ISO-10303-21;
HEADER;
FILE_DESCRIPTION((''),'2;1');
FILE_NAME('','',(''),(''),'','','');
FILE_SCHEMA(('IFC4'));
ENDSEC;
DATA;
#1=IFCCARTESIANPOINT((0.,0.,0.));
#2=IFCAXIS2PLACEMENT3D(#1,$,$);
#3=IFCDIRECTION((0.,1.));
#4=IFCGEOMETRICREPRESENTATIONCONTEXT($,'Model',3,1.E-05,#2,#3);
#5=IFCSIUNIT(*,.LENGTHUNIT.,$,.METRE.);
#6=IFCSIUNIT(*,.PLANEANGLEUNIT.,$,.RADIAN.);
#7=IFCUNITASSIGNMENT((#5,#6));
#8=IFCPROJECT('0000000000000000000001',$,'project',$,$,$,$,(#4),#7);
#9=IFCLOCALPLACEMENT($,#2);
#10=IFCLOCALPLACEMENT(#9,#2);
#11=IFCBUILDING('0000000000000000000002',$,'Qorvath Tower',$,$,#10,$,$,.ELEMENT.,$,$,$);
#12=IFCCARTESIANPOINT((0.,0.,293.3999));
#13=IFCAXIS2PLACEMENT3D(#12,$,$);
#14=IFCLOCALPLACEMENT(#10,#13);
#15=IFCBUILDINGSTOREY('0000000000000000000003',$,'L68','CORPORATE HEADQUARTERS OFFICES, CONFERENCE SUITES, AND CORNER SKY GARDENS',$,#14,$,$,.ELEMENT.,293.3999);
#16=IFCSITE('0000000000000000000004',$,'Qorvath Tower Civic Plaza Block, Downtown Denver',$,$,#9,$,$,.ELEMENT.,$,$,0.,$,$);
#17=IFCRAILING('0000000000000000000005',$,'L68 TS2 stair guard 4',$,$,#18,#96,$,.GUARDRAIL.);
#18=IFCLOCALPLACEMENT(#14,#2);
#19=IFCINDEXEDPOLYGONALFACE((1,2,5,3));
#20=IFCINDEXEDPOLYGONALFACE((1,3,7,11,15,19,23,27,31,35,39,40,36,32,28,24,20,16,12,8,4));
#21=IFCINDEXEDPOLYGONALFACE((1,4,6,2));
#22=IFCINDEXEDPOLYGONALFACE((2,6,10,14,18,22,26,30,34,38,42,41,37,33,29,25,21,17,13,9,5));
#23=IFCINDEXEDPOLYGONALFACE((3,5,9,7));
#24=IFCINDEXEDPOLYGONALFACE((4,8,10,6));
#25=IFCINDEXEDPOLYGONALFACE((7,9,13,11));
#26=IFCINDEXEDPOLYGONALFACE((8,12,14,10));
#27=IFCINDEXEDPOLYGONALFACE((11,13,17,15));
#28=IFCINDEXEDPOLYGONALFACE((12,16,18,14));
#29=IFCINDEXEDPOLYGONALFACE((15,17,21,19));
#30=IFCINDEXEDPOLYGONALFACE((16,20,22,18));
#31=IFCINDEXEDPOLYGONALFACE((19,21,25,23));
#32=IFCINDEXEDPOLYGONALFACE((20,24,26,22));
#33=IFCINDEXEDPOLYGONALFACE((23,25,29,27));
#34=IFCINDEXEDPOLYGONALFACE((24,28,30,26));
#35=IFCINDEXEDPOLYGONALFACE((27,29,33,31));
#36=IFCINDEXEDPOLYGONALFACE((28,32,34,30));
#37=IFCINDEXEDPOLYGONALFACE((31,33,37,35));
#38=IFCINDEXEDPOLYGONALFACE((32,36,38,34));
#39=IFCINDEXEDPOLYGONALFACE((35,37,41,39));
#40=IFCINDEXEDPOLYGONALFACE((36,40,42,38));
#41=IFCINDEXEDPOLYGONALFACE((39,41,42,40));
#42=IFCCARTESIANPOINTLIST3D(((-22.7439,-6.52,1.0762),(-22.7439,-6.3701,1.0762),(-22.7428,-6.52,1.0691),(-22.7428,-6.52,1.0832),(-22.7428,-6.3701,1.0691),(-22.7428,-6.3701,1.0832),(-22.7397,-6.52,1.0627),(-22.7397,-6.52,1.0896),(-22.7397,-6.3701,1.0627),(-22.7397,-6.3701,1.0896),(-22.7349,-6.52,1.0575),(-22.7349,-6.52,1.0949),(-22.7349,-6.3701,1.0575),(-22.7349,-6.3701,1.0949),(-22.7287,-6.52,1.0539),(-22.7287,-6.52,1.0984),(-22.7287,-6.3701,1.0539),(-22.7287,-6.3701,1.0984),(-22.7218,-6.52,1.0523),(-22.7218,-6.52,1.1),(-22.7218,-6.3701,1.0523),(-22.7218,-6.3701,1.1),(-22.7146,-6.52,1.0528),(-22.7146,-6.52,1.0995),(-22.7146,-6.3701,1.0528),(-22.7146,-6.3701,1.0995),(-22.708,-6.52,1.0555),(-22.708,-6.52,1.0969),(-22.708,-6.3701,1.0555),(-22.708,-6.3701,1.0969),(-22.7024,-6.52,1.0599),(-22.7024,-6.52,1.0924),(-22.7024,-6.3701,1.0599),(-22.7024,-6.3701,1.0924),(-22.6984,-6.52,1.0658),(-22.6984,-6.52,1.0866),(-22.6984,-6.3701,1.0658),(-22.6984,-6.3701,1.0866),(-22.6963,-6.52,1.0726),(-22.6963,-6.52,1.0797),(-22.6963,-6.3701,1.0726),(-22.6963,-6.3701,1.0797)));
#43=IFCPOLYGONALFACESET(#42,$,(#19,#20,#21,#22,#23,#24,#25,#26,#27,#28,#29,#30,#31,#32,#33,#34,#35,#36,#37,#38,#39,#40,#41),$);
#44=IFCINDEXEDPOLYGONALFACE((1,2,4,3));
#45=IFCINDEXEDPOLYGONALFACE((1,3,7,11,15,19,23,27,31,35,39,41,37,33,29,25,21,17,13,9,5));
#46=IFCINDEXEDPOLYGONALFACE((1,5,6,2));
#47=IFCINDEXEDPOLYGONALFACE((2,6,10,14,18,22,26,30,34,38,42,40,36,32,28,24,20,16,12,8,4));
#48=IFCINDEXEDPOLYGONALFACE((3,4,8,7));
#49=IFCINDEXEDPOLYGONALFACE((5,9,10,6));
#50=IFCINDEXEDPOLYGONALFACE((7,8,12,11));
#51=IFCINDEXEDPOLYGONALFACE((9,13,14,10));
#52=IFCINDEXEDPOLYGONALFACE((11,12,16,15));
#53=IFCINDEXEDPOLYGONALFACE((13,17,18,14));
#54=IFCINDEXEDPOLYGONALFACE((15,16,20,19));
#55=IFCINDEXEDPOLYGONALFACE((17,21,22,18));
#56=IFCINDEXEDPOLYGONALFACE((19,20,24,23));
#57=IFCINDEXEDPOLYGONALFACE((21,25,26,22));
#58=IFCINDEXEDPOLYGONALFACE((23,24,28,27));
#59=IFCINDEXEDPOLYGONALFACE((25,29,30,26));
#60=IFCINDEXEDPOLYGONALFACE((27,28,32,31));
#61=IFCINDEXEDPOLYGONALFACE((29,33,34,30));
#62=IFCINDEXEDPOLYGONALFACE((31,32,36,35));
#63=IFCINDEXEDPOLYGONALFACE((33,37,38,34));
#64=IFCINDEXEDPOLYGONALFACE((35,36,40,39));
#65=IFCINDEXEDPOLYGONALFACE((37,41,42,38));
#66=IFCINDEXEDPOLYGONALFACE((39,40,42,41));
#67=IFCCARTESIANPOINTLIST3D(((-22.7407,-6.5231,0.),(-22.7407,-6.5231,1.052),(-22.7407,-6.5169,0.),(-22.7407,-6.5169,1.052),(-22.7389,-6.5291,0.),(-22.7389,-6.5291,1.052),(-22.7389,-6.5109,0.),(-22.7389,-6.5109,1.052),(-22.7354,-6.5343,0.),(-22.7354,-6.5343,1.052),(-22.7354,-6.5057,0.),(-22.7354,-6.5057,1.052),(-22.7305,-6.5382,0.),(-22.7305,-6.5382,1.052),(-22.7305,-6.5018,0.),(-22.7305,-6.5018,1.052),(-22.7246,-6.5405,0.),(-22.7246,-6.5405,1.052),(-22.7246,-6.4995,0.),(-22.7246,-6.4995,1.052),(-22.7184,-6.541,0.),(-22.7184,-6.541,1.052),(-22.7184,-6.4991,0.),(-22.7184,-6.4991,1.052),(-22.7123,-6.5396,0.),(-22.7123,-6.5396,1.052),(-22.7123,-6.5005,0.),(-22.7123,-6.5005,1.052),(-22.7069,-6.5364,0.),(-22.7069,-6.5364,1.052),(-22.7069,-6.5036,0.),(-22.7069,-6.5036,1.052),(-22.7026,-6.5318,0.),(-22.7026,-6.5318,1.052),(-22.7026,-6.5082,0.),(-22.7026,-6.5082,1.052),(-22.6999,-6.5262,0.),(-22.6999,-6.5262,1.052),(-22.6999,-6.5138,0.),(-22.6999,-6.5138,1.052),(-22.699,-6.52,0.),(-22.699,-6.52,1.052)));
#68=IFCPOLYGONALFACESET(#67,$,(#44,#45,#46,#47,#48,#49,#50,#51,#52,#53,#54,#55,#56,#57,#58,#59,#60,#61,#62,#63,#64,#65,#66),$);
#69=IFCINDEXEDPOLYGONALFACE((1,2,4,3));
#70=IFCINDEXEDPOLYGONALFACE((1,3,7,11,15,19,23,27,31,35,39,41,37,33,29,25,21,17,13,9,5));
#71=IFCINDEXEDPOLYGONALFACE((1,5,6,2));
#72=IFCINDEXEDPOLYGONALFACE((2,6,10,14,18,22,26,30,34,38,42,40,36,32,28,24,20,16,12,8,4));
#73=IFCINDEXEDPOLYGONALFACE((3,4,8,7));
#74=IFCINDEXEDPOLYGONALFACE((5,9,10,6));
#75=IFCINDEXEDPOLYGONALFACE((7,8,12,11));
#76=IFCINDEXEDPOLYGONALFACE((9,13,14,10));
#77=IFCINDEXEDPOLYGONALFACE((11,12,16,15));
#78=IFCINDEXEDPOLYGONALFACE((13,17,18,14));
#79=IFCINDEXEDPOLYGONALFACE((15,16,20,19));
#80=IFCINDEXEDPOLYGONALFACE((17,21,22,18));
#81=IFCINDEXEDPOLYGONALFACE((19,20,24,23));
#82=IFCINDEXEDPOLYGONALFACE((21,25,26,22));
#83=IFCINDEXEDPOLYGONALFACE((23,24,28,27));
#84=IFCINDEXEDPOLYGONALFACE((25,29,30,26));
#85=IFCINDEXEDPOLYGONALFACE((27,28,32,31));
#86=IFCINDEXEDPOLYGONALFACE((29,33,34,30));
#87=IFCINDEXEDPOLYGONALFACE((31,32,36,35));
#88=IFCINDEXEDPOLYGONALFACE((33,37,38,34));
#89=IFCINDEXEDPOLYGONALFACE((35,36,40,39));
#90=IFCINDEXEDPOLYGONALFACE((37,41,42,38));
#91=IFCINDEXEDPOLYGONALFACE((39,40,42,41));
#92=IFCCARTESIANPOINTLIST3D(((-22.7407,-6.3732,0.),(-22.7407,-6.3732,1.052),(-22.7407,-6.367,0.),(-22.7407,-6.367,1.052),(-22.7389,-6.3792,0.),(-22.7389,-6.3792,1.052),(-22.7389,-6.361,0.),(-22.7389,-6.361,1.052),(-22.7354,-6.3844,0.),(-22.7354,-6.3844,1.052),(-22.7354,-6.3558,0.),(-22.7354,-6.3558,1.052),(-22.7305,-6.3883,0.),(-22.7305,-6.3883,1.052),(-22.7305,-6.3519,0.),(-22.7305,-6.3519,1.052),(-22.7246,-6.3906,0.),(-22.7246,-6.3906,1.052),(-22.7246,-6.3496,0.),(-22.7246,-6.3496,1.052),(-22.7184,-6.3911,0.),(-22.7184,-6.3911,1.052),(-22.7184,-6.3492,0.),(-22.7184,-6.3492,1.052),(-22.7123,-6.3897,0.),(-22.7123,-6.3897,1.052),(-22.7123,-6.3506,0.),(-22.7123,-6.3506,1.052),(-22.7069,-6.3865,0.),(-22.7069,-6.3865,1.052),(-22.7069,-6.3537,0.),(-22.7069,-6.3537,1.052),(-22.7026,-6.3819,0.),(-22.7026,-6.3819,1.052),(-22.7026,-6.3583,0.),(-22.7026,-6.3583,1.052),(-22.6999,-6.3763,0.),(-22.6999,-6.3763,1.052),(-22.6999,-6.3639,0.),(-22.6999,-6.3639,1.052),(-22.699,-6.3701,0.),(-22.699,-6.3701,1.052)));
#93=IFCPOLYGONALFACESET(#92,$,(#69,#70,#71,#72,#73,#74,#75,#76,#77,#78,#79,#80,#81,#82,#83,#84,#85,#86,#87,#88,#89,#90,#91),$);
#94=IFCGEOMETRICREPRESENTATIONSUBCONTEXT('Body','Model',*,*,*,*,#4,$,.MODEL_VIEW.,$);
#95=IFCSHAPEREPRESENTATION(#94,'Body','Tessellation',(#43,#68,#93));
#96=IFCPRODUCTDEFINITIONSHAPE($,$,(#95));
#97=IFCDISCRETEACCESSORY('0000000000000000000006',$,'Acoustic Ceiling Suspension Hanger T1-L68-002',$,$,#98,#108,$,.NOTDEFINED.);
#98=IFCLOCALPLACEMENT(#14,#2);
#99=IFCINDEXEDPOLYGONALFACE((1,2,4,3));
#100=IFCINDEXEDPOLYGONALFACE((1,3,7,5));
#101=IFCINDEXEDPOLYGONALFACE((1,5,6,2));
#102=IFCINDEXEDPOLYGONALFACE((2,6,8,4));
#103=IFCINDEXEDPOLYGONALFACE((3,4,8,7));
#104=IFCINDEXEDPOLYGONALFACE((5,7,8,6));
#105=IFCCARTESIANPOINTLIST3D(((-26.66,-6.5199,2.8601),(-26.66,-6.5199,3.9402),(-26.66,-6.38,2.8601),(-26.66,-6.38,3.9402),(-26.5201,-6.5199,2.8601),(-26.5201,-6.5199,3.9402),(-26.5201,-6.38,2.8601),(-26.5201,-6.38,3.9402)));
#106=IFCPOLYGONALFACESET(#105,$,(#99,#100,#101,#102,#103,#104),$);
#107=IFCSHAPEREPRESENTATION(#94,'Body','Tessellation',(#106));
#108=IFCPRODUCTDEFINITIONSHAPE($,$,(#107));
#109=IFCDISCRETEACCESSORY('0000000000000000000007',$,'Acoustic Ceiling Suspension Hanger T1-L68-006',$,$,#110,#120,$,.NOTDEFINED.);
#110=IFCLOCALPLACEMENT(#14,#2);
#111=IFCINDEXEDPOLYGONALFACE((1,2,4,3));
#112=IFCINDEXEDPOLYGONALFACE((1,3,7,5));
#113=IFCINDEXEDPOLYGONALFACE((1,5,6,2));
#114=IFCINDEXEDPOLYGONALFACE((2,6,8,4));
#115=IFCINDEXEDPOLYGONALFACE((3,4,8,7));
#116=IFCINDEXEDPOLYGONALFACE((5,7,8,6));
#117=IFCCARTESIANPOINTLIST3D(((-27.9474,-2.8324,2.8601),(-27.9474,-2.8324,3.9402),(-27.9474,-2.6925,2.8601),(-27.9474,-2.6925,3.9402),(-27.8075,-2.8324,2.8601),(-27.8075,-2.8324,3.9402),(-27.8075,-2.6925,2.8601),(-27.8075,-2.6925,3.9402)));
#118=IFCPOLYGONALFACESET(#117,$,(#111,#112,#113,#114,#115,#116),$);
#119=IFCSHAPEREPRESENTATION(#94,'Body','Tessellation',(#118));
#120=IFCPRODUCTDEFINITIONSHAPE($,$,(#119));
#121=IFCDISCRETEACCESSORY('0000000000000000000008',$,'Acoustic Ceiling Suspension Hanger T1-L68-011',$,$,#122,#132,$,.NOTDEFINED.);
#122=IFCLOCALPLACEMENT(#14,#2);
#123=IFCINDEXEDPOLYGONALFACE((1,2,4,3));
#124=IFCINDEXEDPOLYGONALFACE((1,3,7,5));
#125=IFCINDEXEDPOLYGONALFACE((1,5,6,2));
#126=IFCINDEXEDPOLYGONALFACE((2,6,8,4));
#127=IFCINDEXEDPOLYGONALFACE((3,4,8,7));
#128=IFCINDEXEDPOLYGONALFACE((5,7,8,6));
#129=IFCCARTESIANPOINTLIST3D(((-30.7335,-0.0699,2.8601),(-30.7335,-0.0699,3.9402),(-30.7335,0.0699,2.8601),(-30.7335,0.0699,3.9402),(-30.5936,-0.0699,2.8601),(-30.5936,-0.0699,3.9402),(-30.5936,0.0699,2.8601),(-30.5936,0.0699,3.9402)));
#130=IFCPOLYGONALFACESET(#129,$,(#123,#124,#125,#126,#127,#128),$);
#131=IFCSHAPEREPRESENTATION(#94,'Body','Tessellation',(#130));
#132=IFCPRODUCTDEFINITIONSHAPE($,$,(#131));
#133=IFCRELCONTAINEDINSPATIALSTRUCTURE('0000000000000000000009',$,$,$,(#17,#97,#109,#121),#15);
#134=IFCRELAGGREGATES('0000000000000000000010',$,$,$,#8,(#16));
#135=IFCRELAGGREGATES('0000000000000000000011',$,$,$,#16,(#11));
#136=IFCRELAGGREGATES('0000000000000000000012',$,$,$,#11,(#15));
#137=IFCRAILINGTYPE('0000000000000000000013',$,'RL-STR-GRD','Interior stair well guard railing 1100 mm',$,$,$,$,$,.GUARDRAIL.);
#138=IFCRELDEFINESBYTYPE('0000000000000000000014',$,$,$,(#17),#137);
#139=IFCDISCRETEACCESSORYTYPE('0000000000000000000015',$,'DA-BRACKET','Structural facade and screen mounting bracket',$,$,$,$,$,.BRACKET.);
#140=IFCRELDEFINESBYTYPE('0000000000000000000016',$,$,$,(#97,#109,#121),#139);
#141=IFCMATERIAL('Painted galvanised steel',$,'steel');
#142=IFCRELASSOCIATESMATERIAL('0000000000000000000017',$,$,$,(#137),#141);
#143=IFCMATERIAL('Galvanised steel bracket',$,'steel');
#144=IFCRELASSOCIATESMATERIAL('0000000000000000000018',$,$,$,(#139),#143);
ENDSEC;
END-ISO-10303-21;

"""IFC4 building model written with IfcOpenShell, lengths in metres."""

from ifc_helpers import new_model, si_unit, direction, frame, origin, origin_2d, place, context, subcontext, project, spatial, rectangle, circle, extrude, material, type_object, element, save


model = new_model("IFC4")

# Units and contexts
model_context = context("Model", 3, precision=1e-05, world=origin(), true_north=direction((0.0, 1.0)))
body_context = subcontext(model_context, "Body", "Model", "MODEL_VIEW")
ifc_project = project(units=[si_unit("LENGTHUNIT", "METRE"), si_unit("PLANEANGLEUNIT", "RADIAN")], contexts=[model_context])

# Site, building, storey
site_placement = place(None, origin())
site = spatial("IfcSite", under=ifc_project, at=site_placement, Name="Qorvath Tower Civic Plaza Block, Downtown Denver", CompositionType="ELEMENT", RefElevation=0.0)
building_placement = place(site_placement, origin())
building = spatial("IfcBuilding", under=site, at=building_placement, Name="Qorvath Tower", CompositionType="ELEMENT")
storey_placement = place(building_placement, frame((0.0, 0.0, 293.3999)))
storey = spatial("IfcBuildingStorey", under=building, at=storey_placement, Name="L68", Description="CORPORATE HEADQUARTERS OFFICES, CONFERENCE SUITES, AND CORNER SKY GARDENS", CompositionType="ELEMENT", Elevation=293.3999)

# Railing
ifc_material_1 = material(Name="Painted galvanised steel", Category="steel")
railing_type = type_object("IfcRailingType", Name="RL-STR-GRD", Description="Interior stair well guard railing 1100 mm", PredefinedType="GUARDRAIL", material=ifc_material_1)
railing_1_placement = place(storey_placement, frame((-22.72, -6.52, 0.0)))
element("IfcRailing", 1, at=railing_1_placement, inside=storey, type_object=railing_type, Name="L68 TS2 stair guard 4", PredefinedType="GUARDRAIL", context=body_context, shape_type="SweptSolid", body=[
    extrude(circle(Radius=0.0239, at=origin_2d()), frame((0.0, 0.0, 1.0762), z_axis=(0.0, 1.0, 0.0), x_axis=(-1.0, 0.0, 0.0)), (0.0, 0.0, 1.0), 0.1499),
    extrude(circle(Radius=0.021, at=origin_2d()), origin(), (0.0, 0.0, 1.0), 1.052),
    extrude(circle(Radius=0.021, at=origin_2d()), frame((0.0, 0.1499, 0.0)), (0.0, 0.0, 1.0), 1.052),
])

# Discrete accessories
ifc_material_2 = material(Name="Galvanised steel bracket", Category="steel")
discrete_accessory_type = type_object("IfcDiscreteAccessoryType", Name="DA-BRACKET", Description="Structural facade and screen mounting bracket", PredefinedType="BRACKET", material=ifc_material_2)
for number, where, z_axis, x_axis, name in (
    (2, (-26.5901, -6.45, 2.8601), (0.0, 0.0, 1.0), (1.0, 0.0, 0.0), "Acoustic Ceiling Suspension Hanger T1-L68-002"),
    (3, (-27.8774, -2.7625, 2.8601), (0.0, 0.0, 1.0), (1.0, 0.0, 0.0), "Acoustic Ceiling Suspension Hanger T1-L68-006"),
    (4, (-30.6636, 0.0, 2.8601), (0.0, 0.0, 1.0), (1.0, 0.0, 0.0), "Acoustic Ceiling Suspension Hanger T1-L68-011"),
):
    element("IfcDiscreteAccessory", number, at=place(storey_placement, frame(where, z_axis=z_axis, x_axis=x_axis)), inside=storey, type_object=discrete_accessory_type, Name=name, PredefinedType="NOTDEFINED", context=body_context, shape_type="SweptSolid", body=[
        extrude(rectangle(XDim=0.1399, YDim=0.1399, at=origin_2d()), origin(), (0.0, 0.0, 1.0), 1.0801),
    ])

save(model, "model.ifc")
